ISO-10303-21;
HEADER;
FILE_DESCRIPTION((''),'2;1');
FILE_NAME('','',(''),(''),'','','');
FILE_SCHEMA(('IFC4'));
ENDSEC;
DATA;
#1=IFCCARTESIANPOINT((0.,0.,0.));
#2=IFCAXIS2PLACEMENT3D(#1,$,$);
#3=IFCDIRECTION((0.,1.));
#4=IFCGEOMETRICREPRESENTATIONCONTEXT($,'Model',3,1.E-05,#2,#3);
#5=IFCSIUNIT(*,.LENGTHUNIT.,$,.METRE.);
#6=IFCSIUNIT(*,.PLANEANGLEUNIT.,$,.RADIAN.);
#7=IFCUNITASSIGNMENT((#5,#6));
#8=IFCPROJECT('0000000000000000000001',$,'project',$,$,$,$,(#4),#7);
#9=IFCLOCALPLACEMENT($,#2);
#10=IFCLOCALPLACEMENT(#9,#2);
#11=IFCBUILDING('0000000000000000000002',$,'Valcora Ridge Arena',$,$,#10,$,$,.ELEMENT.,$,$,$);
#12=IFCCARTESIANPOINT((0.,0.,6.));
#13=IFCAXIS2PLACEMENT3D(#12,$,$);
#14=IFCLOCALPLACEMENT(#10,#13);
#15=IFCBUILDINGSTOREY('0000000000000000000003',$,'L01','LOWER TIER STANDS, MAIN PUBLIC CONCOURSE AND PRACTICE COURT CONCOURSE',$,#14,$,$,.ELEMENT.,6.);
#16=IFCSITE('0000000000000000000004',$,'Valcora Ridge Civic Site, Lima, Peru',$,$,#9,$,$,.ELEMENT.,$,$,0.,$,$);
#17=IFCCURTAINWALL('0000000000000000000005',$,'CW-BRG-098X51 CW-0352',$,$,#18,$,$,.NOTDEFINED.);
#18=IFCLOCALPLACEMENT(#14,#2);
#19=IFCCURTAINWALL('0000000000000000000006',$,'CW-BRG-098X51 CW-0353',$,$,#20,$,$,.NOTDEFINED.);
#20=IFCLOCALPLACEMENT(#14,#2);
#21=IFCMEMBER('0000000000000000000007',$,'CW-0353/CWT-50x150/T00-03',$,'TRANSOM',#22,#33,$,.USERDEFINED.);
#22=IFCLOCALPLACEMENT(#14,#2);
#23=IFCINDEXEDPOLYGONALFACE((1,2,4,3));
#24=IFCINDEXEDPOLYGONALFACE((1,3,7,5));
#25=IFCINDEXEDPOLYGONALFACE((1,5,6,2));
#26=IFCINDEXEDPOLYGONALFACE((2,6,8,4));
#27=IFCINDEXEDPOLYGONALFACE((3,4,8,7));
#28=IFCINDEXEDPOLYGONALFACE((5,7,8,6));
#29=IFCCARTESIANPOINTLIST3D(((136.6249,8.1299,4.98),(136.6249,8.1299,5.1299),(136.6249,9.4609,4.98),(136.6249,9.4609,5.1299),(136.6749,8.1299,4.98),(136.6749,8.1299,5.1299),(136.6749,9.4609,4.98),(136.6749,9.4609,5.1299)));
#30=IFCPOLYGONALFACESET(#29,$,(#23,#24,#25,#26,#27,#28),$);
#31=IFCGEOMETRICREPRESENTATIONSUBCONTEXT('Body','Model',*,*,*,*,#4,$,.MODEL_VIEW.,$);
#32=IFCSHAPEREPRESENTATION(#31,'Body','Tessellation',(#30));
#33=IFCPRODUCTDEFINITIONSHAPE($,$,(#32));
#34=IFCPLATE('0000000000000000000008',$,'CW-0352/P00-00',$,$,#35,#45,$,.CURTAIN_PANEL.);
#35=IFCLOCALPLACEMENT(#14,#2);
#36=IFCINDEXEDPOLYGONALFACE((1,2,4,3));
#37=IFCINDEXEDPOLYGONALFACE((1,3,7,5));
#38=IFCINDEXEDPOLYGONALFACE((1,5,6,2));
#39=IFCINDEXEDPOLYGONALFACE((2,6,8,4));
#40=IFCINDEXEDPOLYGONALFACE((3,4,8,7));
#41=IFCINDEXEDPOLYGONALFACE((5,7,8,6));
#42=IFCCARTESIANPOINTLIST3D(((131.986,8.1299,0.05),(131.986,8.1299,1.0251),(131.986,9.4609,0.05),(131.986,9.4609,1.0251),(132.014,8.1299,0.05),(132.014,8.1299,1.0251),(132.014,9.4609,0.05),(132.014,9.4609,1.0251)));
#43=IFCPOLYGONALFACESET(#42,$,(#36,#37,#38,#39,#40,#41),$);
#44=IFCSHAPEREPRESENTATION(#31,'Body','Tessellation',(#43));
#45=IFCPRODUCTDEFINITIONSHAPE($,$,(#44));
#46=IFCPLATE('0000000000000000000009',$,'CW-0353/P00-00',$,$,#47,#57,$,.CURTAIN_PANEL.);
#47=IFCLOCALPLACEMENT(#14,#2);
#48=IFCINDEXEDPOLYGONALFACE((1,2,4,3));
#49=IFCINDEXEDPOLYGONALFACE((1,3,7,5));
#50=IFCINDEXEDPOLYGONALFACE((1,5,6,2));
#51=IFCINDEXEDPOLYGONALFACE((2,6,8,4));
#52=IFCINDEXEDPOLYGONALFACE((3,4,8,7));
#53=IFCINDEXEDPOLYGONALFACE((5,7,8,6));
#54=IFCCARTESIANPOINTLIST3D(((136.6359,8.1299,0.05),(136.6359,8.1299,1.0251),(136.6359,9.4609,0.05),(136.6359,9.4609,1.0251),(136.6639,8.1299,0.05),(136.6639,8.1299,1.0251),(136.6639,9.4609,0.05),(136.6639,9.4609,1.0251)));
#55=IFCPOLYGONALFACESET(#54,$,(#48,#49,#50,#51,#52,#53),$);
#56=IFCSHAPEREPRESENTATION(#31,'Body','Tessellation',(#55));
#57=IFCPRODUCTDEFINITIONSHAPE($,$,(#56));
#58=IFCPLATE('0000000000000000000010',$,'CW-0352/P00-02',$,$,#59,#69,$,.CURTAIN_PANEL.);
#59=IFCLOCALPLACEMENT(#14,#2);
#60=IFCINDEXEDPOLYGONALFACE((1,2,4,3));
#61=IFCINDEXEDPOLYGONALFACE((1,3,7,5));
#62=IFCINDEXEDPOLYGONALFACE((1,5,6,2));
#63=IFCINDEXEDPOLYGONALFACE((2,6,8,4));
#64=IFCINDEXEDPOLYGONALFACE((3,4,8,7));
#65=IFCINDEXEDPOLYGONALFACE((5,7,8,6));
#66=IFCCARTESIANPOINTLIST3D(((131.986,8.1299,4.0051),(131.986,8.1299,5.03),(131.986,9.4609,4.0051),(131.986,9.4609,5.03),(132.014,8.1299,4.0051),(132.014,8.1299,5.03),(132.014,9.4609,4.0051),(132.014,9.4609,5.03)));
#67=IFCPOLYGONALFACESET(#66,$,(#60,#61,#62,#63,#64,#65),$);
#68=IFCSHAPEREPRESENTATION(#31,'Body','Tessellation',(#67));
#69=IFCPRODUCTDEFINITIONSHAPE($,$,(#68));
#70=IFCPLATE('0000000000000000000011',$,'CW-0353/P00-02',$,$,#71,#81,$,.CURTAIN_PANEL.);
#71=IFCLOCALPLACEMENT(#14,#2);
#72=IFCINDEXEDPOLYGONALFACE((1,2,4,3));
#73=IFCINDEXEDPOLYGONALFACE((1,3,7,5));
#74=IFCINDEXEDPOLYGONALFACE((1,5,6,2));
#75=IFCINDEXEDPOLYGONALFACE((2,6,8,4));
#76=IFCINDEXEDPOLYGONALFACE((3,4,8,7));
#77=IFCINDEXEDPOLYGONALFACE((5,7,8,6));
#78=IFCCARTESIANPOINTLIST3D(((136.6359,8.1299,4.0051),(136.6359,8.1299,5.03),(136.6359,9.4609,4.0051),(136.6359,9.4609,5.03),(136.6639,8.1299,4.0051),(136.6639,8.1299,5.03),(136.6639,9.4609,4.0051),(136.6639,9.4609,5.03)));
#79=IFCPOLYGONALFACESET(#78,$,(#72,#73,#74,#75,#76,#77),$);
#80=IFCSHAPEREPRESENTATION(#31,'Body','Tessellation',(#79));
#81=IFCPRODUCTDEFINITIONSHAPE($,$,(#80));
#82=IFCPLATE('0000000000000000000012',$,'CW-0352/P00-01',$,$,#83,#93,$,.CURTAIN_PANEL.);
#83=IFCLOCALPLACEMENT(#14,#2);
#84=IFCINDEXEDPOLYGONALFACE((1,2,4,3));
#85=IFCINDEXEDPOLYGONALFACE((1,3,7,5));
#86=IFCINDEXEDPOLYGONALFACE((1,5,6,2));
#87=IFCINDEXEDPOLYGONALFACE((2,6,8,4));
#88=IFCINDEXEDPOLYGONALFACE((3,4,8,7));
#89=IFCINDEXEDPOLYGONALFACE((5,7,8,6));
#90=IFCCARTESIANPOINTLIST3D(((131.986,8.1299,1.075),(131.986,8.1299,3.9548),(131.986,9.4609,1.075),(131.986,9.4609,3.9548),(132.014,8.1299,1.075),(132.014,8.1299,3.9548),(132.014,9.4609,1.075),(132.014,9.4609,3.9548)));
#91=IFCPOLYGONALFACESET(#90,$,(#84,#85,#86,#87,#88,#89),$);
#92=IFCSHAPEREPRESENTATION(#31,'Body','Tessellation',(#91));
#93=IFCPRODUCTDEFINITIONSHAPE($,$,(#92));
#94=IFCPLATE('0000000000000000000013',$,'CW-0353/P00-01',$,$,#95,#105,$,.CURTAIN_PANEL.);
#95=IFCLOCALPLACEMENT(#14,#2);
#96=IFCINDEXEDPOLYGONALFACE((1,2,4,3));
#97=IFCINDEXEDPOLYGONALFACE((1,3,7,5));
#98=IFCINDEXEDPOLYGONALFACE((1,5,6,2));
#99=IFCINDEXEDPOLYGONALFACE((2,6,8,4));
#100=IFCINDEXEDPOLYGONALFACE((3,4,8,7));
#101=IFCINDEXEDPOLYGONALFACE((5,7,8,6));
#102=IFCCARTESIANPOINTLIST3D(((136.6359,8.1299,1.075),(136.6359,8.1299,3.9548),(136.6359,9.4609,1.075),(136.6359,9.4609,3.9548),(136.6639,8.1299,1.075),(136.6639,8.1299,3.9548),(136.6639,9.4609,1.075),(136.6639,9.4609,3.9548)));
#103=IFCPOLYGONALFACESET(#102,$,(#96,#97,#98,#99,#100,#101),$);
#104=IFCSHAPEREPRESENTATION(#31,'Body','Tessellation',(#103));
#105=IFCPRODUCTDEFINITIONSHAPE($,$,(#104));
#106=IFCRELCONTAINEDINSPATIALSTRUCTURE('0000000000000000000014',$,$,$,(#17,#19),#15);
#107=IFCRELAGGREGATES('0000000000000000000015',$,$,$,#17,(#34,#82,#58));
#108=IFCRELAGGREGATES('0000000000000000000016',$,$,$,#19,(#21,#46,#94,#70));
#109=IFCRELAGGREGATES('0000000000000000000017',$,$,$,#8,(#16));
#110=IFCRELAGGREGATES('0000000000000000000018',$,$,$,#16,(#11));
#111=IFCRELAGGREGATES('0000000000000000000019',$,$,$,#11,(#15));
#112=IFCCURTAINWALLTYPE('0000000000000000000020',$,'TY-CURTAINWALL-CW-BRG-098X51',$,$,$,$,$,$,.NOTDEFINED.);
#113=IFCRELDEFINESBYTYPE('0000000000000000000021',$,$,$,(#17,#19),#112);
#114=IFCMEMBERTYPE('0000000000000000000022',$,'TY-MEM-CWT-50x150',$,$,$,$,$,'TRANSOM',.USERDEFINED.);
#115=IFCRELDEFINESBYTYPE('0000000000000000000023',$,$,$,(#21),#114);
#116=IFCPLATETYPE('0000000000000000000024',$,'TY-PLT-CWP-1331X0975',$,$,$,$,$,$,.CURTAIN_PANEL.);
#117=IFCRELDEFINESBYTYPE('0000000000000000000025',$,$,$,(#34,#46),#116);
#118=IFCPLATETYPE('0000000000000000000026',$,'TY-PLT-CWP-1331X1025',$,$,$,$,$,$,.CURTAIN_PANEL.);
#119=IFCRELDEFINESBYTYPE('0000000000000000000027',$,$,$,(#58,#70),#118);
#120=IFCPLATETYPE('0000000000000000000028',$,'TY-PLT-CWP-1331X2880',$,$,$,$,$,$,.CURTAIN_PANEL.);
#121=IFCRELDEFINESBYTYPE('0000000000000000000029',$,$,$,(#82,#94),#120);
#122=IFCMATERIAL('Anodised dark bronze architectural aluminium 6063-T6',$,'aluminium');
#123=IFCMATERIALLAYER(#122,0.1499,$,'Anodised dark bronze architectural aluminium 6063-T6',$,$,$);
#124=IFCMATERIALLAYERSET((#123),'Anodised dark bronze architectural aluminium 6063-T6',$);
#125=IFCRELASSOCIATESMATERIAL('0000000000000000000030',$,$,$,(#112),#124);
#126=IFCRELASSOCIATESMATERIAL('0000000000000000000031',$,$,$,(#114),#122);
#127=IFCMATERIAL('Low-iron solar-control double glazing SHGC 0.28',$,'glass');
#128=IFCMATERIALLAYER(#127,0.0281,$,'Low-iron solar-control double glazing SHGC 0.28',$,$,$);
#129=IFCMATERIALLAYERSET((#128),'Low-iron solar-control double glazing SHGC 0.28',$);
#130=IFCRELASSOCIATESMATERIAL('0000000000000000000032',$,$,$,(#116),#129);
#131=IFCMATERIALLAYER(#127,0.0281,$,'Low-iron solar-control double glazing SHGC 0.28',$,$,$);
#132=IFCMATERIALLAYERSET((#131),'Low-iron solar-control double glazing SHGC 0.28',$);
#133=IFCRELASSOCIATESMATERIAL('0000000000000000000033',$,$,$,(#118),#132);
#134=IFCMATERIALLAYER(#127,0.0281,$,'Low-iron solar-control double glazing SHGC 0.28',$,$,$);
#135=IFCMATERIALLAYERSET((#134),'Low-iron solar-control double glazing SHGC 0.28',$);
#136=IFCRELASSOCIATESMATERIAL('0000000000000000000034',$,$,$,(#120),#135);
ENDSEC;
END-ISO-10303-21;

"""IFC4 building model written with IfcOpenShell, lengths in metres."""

from ifc_helpers import new_model, si_unit, direction, frame, origin, origin_2d, place, context, subcontext, project, spatial, rectangle, extrude, material, layer, layer_set, material_profile, profile_set, type_object, element, aggregate, save


model = new_model("IFC4")

# Units and contexts
model_context = context("Model", 3, precision=1e-05, world=origin(), true_north=direction((0.0, 1.0)))
body_context = subcontext(model_context, "Body", "Model", "MODEL_VIEW")
ifc_project = project(units=[si_unit("LENGTHUNIT", "METRE"), si_unit("PLANEANGLEUNIT", "RADIAN")], contexts=[model_context])

# Site, building, storey
site_placement = place(None, origin())
site = spatial("IfcSite", under=ifc_project, at=site_placement, Name="Valcora Ridge Civic Site, Lima, Peru", CompositionType="ELEMENT", RefElevation=0.0)
building_placement = place(site_placement, origin())
building = spatial("IfcBuilding", under=site, at=building_placement, Name="Valcora Ridge Arena", CompositionType="ELEMENT")
storey_placement = place(building_placement, frame((0.0, 0.0, 6.0)))
storey = spatial("IfcBuildingStorey", under=building, at=storey_placement, Name="L01", Description="LOWER TIER STANDS, MAIN PUBLIC CONCOURSE AND PRACTICE COURT CONCOURSE", CompositionType="ELEMENT", Elevation=6.0)

# Curtain walls
ifc_material_1 = material(Name="Anodised dark bronze architectural aluminium 6063-T6", Category="aluminium")
ifc_layer_1 = layer(ifc_material_1, 0.1499, Name="Anodised dark bronze architectural aluminium 6063-T6")
ifc_layer_set_1 = layer_set([ifc_layer_1], Name="Anodised dark bronze architectural aluminium 6063-T6")
curtain_wall_type = type_object("IfcCurtainWallType", Name="TY-CURTAINWALL-CW-BRG-098X51", PredefinedType="NOTDEFINED", material=ifc_layer_set_1)
curtain_wall_1_placement = place(storey_placement, origin())
curtain_wall_1 = element("IfcCurtainWall", 1, at=curtain_wall_1_placement, inside=storey, type_object=curtain_wall_type, Name="CW-BRG-098X51 CW-0352", PredefinedType="NOTDEFINED")
curtain_wall_2_placement = place(storey_placement, origin())
curtain_wall_2 = element("IfcCurtainWall", 2, at=curtain_wall_2_placement, inside=storey, type_object=curtain_wall_type, Name="CW-BRG-098X51 CW-0353", PredefinedType="NOTDEFINED")

# Member
ifc_material_profile_1 = material_profile(ifc_material_1, rectangle(XDim=0.05, YDim=0.1499, at=origin_2d()), Name="ALU TRANSOM 50x150")
ifc_profile_set_1 = profile_set([ifc_material_profile_1], Name="Anodised dark bronze architectural aluminium 6063-T6")
member_type_1 = type_object("IfcMemberType", Name="TY-MEM-CWT-50x150", ElementType="TRANSOM", PredefinedType="USERDEFINED", material=ifc_profile_set_1)
member_1_placement = place(storey_placement, frame((136.6499, 8.1299, 5.0549), z_axis=(0.0, 1.0, 0.0), x_axis=(-1.0, 0.0, 0.0)))
member_1 = element("IfcMember", 3, at=member_1_placement, type_object=member_type_1, Name="CW-0353/CWT-50x150/T00-03", ObjectType="TRANSOM", PredefinedType="USERDEFINED", context=body_context, shape_type="SweptSolid", body=[
    extrude(rectangle(XDim=0.05, YDim=0.1499, at=origin_2d()), origin(), (0.0, 0.0, 1.0), 1.3311),
])

# Plates
ifc_material_2 = material(Name="Low-iron solar-control double glazing SHGC 0.28", Category="glass")
ifc_layer_2 = layer(ifc_material_2, 0.0281, Name="Low-iron solar-control double glazing SHGC 0.28")
ifc_layer_set_2 = layer_set([ifc_layer_2], Name="Low-iron solar-control double glazing SHGC 0.28")
plate_type_1 = type_object("IfcPlateType", Name="TY-PLT-CWP-1331X0975", PredefinedType="CURTAIN_PANEL", material=ifc_layer_set_2)
plate_1_placement = place(storey_placement, frame((132.0, 8.7954, 0.05), z_axis=(0.0, 0.0, 1.0), x_axis=(0.0, 1.0, 0.0)))
plate_1 = element("IfcPlate", 4, at=plate_1_placement, type_object=plate_type_1, Name="CW-0352/P00-00", PredefinedType="CURTAIN_PANEL", context=body_context, shape_type="SweptSolid", body=[
    extrude(rectangle(XDim=1.3311, YDim=0.0281, at=origin_2d()), origin(), (0.0, 0.0, 1.0), 0.9751),
])
plate_2_placement = place(storey_placement, frame((136.6499, 8.7954, 0.05), z_axis=(0.0, 0.0, 1.0), x_axis=(0.0, 1.0, 0.0)))
plate_2 = element("IfcPlate", 5, at=plate_2_placement, type_object=plate_type_1, Name="CW-0353/P00-00", PredefinedType="CURTAIN_PANEL", context=body_context, shape_type="SweptSolid", body=[
    extrude(rectangle(XDim=1.3311, YDim=0.0281, at=origin_2d()), origin(), (0.0, 0.0, 1.0), 0.9751),
])
ifc_layer_3 = layer(ifc_material_2, 0.0281, Name="Low-iron solar-control double glazing SHGC 0.28")
ifc_layer_set_3 = layer_set([ifc_layer_3], Name="Low-iron solar-control double glazing SHGC 0.28")
plate_type_2 = type_object("IfcPlateType", Name="TY-PLT-CWP-1331X1025", PredefinedType="CURTAIN_PANEL", material=ifc_layer_set_3)
plate_3_placement = place(storey_placement, frame((132.0, 8.7954, 4.0051), z_axis=(0.0, 0.0, 1.0), x_axis=(0.0, 1.0, 0.0)))
plate_3 = element("IfcPlate", 6, at=plate_3_placement, type_object=plate_type_2, Name="CW-0352/P00-02", PredefinedType="CURTAIN_PANEL", context=body_context, shape_type="SweptSolid", body=[
    extrude(rectangle(XDim=1.3311, YDim=0.0281, at=origin_2d()), origin(), (0.0, 0.0, 1.0), 1.0249),
])
plate_4_placement = place(storey_placement, frame((136.6499, 8.7954, 4.0051), z_axis=(0.0, 0.0, 1.0), x_axis=(0.0, 1.0, 0.0)))
plate_4 = element("IfcPlate", 7, at=plate_4_placement, type_object=plate_type_2, Name="CW-0353/P00-02", PredefinedType="CURTAIN_PANEL", context=body_context, shape_type="SweptSolid", body=[
    extrude(rectangle(XDim=1.3311, YDim=0.0281, at=origin_2d()), origin(), (0.0, 0.0, 1.0), 1.0249),
])
ifc_layer_4 = layer(ifc_material_2, 0.0281, Name="Low-iron solar-control double glazing SHGC 0.28")
ifc_layer_set_4 = layer_set([ifc_layer_4], Name="Low-iron solar-control double glazing SHGC 0.28")
plate_type_3 = type_object("IfcPlateType", Name="TY-PLT-CWP-1331X2880", PredefinedType="CURTAIN_PANEL", material=ifc_layer_set_4)
plate_5_placement = place(storey_placement, frame((132.0, 8.7954, 1.075), z_axis=(0.0, 0.0, 1.0), x_axis=(0.0, 1.0, 0.0)))
plate_5 = element("IfcPlate", 8, at=plate_5_placement, type_object=plate_type_3, Name="CW-0352/P00-01", PredefinedType="CURTAIN_PANEL", context=body_context, shape_type="SweptSolid", body=[
    extrude(rectangle(XDim=1.3311, YDim=0.0281, at=origin_2d()), origin(), (0.0, 0.0, 1.0), 2.8799),
])
aggregate(curtain_wall_1, [plate_1, plate_5, plate_3])
plate_6_placement = place(storey_placement, frame((136.6499, 8.7954, 1.075), z_axis=(0.0, 0.0, 1.0), x_axis=(0.0, 1.0, 0.0)))
plate_6 = element("IfcPlate", 9, at=plate_6_placement, type_object=plate_type_3, Name="CW-0353/P00-01", PredefinedType="CURTAIN_PANEL", context=body_context, shape_type="SweptSolid", body=[
    extrude(rectangle(XDim=1.3311, YDim=0.0281, at=origin_2d()), origin(), (0.0, 0.0, 1.0), 2.8799),
])
aggregate(curtain_wall_2, [member_1, plate_2, plate_6, plate_4])

save(model, "model.ifc")
